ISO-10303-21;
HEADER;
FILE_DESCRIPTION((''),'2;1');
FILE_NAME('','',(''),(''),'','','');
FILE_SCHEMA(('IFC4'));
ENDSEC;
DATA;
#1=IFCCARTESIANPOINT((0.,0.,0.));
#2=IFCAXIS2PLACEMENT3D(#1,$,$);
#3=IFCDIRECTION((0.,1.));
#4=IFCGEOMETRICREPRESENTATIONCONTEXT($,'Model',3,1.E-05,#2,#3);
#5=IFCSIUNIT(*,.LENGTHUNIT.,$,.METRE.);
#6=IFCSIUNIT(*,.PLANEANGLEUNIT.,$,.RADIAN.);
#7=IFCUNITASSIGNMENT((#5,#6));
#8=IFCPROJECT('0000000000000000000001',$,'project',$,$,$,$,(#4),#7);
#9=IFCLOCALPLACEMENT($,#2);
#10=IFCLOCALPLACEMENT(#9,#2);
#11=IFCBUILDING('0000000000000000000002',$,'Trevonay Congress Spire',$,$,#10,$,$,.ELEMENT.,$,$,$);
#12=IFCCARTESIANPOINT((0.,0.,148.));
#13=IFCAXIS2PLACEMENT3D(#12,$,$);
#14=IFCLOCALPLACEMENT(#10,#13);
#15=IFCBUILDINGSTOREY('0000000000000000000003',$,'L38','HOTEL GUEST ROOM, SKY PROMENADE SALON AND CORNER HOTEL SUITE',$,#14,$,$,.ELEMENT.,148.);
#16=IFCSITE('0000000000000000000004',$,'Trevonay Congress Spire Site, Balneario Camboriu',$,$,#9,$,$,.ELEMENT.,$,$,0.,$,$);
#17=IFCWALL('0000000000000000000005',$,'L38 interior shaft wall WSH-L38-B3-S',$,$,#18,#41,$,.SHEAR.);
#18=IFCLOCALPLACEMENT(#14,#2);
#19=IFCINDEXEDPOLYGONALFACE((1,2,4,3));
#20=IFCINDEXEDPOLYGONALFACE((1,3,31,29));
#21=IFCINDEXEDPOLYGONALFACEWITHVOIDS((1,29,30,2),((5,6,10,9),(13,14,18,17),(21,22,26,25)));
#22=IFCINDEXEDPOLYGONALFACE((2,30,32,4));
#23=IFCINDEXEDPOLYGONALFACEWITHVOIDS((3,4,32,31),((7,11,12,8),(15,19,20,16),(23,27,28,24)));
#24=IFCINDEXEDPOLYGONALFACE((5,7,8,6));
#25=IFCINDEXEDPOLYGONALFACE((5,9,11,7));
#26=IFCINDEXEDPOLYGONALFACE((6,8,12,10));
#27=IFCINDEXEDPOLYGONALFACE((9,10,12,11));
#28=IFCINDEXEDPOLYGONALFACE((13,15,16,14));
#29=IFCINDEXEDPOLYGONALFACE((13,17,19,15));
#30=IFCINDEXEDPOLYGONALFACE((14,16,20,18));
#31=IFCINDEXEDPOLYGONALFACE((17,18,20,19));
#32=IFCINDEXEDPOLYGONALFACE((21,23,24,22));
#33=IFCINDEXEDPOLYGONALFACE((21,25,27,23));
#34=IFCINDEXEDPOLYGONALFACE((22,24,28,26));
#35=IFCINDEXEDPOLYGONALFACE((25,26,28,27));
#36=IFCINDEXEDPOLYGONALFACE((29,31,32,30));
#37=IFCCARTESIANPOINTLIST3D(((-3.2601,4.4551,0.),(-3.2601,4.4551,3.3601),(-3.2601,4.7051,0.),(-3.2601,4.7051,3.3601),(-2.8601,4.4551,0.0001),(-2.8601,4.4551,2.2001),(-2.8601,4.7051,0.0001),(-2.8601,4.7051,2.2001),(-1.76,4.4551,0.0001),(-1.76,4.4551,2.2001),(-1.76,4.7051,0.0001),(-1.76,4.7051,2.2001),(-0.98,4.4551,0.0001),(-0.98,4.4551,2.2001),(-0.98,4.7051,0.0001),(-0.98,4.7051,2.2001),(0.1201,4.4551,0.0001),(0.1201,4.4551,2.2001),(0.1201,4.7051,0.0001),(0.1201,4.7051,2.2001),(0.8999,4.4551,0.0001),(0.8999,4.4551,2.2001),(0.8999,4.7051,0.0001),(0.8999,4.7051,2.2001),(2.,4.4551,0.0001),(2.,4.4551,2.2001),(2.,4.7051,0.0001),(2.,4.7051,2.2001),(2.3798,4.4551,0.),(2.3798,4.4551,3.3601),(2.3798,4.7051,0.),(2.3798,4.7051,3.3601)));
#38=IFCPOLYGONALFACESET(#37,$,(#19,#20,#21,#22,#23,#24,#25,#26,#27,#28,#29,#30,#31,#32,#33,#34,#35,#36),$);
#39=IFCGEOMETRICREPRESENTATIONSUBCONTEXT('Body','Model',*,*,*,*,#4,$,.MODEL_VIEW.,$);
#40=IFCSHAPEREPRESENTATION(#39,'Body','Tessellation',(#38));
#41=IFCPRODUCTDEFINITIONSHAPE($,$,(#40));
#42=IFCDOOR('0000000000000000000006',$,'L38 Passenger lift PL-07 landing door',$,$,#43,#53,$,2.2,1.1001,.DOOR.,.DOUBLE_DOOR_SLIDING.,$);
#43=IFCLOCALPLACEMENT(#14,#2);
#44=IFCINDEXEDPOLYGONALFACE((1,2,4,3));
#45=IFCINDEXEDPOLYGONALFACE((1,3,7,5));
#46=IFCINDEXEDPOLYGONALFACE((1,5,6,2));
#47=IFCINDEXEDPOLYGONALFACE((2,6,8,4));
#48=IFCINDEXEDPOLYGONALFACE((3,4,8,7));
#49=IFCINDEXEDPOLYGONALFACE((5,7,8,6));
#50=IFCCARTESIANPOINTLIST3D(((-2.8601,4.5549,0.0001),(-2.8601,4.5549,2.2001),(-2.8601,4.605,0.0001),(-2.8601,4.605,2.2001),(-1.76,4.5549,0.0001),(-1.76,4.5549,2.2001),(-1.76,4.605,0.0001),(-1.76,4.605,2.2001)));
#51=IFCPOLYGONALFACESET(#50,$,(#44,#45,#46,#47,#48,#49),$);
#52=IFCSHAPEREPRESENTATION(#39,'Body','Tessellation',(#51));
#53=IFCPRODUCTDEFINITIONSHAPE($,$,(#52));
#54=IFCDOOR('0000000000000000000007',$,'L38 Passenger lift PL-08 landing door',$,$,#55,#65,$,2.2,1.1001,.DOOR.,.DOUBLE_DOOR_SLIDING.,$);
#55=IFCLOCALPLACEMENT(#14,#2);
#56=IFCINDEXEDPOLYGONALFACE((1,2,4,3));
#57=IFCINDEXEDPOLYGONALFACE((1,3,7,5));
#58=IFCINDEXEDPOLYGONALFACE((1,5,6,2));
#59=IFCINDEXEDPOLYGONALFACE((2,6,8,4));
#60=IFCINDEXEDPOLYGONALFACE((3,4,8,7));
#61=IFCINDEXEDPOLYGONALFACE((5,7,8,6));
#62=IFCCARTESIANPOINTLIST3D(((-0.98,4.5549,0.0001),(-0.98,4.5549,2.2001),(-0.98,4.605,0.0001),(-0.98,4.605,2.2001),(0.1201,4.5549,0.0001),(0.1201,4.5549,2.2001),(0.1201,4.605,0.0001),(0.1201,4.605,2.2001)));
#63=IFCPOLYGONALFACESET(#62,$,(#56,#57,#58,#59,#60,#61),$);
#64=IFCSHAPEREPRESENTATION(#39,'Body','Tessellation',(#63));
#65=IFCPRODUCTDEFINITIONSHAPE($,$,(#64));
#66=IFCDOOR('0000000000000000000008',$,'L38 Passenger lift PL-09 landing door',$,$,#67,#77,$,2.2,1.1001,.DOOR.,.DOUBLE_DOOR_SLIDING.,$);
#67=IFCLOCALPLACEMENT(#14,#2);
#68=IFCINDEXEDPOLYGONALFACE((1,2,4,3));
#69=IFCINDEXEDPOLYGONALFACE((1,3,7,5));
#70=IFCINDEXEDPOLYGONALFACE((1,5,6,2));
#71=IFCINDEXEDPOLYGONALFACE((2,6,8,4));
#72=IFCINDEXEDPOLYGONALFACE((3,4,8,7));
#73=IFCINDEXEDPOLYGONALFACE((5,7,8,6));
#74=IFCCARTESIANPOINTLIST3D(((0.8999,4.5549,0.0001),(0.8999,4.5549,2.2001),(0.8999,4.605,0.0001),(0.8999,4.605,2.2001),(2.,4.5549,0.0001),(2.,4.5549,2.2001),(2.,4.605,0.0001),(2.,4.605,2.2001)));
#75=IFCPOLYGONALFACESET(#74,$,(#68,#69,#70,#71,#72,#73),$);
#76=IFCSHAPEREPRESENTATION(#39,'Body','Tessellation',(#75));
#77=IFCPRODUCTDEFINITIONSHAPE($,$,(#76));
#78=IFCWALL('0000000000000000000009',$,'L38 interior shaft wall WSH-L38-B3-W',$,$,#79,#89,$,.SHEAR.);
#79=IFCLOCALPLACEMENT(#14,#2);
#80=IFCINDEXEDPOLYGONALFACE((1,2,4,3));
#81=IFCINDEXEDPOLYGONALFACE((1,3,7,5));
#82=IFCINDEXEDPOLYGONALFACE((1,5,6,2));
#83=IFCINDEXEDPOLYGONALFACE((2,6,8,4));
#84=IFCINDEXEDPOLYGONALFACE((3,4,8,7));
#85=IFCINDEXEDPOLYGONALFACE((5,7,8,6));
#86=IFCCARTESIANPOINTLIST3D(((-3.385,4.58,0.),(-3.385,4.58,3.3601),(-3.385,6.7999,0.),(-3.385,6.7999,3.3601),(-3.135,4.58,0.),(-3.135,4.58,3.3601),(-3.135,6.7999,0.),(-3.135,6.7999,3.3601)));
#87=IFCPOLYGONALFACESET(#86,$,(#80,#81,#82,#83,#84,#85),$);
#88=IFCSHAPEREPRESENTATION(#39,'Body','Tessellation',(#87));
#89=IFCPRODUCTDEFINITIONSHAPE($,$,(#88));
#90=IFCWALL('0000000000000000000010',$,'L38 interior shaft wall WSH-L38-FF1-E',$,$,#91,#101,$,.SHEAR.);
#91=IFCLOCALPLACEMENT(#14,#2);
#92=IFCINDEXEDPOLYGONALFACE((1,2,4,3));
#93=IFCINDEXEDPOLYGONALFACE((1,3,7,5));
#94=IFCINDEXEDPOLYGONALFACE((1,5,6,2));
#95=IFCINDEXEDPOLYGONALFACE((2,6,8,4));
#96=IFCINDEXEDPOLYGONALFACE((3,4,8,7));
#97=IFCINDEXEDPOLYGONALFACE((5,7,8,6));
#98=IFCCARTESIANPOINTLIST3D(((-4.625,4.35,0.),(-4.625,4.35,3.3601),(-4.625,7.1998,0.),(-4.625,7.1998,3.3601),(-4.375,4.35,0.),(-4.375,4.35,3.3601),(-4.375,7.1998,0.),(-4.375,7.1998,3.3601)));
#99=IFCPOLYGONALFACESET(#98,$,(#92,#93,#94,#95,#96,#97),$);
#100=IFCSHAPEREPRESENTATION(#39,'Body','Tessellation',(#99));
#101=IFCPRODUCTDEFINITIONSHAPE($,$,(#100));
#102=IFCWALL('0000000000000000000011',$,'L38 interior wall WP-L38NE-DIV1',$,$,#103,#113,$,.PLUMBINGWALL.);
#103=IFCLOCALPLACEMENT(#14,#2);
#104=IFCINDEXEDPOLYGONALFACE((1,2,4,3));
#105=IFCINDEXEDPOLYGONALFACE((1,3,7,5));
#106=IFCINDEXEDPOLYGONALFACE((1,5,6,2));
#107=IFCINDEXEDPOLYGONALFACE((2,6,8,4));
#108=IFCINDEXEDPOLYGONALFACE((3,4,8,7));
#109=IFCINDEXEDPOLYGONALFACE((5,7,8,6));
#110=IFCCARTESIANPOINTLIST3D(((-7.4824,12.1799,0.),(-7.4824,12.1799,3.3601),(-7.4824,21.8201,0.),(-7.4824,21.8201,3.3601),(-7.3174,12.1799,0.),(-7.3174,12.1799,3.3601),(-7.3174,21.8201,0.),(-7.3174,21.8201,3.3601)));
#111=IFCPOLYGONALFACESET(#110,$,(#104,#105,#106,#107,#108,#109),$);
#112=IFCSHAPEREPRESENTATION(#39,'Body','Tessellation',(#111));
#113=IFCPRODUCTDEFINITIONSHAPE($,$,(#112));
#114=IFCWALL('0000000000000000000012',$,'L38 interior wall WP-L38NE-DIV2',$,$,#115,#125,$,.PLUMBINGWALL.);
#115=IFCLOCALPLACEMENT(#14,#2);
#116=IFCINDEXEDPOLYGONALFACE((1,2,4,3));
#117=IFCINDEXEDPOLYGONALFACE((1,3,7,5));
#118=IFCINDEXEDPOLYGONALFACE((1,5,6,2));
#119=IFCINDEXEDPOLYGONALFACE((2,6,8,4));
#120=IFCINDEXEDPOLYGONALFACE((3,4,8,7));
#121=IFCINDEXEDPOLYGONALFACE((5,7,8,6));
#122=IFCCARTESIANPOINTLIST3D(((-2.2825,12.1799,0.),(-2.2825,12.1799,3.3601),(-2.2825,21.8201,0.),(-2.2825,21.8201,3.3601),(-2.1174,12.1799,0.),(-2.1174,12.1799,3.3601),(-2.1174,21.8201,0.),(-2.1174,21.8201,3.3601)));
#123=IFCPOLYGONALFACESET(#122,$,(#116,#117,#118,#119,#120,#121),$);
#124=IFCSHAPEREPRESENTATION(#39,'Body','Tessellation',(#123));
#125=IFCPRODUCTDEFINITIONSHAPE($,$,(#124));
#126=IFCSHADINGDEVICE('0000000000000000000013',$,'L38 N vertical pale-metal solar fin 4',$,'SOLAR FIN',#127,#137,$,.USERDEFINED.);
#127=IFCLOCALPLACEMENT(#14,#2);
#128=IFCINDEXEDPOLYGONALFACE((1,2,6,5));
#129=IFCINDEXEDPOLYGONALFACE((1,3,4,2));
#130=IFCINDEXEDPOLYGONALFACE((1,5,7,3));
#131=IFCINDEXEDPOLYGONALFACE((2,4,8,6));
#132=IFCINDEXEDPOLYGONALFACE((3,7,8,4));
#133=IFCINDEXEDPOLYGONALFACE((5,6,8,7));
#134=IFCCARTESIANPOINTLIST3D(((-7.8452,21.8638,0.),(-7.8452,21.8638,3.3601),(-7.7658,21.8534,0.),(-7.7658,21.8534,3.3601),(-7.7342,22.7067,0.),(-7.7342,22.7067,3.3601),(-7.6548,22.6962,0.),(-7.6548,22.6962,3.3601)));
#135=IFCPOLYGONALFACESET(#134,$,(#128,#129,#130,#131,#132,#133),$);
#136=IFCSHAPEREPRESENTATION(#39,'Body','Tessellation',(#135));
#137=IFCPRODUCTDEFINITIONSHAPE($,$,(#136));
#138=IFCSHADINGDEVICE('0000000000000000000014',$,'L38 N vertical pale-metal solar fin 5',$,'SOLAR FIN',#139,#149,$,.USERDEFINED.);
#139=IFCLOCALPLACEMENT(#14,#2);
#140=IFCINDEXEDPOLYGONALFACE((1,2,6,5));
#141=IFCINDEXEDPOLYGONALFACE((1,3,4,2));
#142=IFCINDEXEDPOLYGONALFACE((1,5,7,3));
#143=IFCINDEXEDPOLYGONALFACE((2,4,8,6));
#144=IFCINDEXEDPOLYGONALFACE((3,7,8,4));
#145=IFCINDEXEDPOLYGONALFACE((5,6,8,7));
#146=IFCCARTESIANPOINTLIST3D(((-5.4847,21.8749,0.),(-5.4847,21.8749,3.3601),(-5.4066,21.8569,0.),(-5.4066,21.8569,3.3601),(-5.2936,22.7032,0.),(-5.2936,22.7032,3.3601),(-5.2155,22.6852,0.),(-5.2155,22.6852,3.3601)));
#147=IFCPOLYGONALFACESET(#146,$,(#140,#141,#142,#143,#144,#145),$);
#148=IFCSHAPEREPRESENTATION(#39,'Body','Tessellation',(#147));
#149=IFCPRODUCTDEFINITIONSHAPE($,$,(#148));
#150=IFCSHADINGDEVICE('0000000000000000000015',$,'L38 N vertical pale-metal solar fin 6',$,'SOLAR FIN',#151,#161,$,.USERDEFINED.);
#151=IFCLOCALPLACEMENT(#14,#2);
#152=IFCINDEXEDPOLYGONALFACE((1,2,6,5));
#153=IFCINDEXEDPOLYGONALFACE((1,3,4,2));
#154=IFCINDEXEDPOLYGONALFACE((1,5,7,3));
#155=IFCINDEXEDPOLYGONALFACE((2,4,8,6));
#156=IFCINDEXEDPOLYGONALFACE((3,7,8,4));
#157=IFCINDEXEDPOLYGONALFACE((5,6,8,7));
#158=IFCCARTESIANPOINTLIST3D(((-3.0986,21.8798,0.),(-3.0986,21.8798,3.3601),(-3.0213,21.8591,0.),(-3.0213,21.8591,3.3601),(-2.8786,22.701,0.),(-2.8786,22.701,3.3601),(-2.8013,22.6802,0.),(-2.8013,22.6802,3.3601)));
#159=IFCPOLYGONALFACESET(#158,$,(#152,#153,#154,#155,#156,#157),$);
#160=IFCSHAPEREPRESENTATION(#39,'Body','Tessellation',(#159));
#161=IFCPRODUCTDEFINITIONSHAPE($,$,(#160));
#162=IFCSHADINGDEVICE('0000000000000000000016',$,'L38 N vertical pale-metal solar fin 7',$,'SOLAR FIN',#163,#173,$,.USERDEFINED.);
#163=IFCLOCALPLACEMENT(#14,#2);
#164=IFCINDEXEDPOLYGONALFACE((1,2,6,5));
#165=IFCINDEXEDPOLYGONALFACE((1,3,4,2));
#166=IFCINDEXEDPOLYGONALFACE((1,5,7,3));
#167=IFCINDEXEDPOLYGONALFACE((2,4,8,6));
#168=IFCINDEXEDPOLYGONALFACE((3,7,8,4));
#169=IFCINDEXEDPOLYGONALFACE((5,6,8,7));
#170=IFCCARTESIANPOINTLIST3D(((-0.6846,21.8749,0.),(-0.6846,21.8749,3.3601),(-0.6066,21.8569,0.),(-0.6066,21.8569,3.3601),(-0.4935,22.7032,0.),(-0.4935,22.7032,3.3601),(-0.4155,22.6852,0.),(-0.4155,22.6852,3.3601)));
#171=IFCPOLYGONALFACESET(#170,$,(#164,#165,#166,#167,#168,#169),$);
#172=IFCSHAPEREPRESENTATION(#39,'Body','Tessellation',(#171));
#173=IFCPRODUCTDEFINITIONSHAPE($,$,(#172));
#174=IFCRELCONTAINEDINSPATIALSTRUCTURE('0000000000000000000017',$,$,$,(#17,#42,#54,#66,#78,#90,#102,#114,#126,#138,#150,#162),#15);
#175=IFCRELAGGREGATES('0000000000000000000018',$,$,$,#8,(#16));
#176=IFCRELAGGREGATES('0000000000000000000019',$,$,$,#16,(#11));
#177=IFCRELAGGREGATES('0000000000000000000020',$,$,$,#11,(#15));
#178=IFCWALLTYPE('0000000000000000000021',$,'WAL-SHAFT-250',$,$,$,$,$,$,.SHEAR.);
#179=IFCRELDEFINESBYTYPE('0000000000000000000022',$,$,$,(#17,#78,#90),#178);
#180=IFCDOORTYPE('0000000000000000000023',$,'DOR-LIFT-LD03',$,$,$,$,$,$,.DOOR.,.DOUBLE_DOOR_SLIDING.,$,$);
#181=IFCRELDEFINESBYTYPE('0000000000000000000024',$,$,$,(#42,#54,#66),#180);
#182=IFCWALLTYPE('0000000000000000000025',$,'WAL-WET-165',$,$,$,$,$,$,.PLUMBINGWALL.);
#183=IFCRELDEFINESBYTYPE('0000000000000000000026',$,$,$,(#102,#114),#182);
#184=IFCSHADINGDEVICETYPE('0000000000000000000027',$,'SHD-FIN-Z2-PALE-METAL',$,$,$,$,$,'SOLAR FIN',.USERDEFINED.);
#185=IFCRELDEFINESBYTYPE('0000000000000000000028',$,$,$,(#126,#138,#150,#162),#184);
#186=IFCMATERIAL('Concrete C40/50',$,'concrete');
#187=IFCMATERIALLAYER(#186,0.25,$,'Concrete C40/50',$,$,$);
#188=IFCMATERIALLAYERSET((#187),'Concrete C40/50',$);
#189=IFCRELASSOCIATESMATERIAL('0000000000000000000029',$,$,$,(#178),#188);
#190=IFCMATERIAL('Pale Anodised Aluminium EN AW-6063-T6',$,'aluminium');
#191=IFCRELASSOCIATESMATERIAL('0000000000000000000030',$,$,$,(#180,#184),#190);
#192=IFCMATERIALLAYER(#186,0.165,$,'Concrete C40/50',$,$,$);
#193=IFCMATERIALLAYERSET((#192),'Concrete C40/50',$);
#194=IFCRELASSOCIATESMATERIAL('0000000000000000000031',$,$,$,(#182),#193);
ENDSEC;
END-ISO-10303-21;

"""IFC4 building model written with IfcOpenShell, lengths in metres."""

from ifc_helpers import new_model, si_unit, direction, frame, frame_2d, origin, origin_2d, place, context, subcontext, project, spatial, rectangle, extrude, material, layer, layer_set, type_object, element, fill, save


model = new_model("IFC4")

# Units and contexts
model_context = context("Model", 3, precision=1e-05, world=origin(), true_north=direction((0.0, 1.0)))
body_context = subcontext(model_context, "Body", "Model", "MODEL_VIEW")
ifc_project = project(units=[si_unit("LENGTHUNIT", "METRE"), si_unit("PLANEANGLEUNIT", "RADIAN")], contexts=[model_context])

# Site, building, storey
site_placement = place(None, origin())
site = spatial("IfcSite", under=ifc_project, at=site_placement, Name="Trevonay Congress Spire Site, Balneario Camboriu", CompositionType="ELEMENT", RefElevation=0.0)
building_placement = place(site_placement, origin())
building = spatial("IfcBuilding", under=site, at=building_placement, Name="Trevonay Congress Spire", CompositionType="ELEMENT")
storey_placement = place(building_placement, frame((0.0, 0.0, 148.0)))
storey = spatial("IfcBuildingStorey", under=building, at=storey_placement, Name="L38", Description="HOTEL GUEST ROOM, SKY PROMENADE SALON AND CORNER HOTEL SUITE", CompositionType="ELEMENT", Elevation=148.0)

# Shared definitions
ifc_material_1 = material(Name="Pale Anodised Aluminium EN AW-6063-T6", Category="aluminium")

# Shared definitions
ifc_material_2 = material(Name="Concrete C40/50", Category="concrete")

# Wall, openings, doors
ifc_layer_1 = layer(ifc_material_2, 0.25, Name="Concrete C40/50")
ifc_layer_set_1 = layer_set([ifc_layer_1], Name="Concrete C40/50")
wall_type_1 = type_object("IfcWallType", Name="WAL-SHAFT-250", PredefinedType="SHEAR", material=ifc_layer_set_1)
wall_1_placement = place(storey_placement, frame((-3.26, 4.5801, 0.0), z_axis=(0.0, 0.0, 1.0), x_axis=(1.0, 0.0, 0.0)))
wall_1 = element("IfcWall", 1, at=wall_1_placement, inside=storey, type_object=wall_type_1, Name="L38 interior shaft wall WSH-L38-B3-S", PredefinedType="SHEAR", context=body_context, shape_type="SweptSolid", body=[
    extrude(rectangle(XDim=5.6399, YDim=0.25, at=frame_2d((2.8198, 0.0))), origin(), (0.0, 0.0, 1.0), 3.3601),
])
opening_1_placement = place(wall_1_placement, frame((0.3999, 0.0, 0.0)))
opening_1 = element("IfcOpeningElement", 2, at=opening_1_placement, cuts=wall_1, PredefinedType="OPENING", context=body_context, shape_type="SweptSolid", body=[
    extrude(rectangle(XDim=1.1001, YDim=2.2, at=frame_2d((0.55, 1.1001))), frame((0.0, 0.135, 0.0), z_axis=(0.0, -1.0, 0.0), x_axis=(1.0, 0.0, 0.0)), (0.0, 0.0, 1.0), 0.27),
])
opening_2_placement = place(wall_1_placement, frame((2.28, 0.0, 0.0)))
opening_2 = element("IfcOpeningElement", 3, at=opening_2_placement, cuts=wall_1, PredefinedType="OPENING", context=body_context, shape_type="SweptSolid", body=[
    extrude(rectangle(XDim=1.1001, YDim=2.2, at=frame_2d((0.55, 1.1001))), frame((0.0, 0.135, 0.0), z_axis=(0.0, -1.0, 0.0), x_axis=(1.0, 0.0, 0.0)), (0.0, 0.0, 1.0), 0.27),
])
opening_3_placement = place(wall_1_placement, frame((4.1599, 0.0, 0.0)))
opening_3 = element("IfcOpeningElement", 4, at=opening_3_placement, cuts=wall_1, PredefinedType="OPENING", context=body_context, shape_type="SweptSolid", body=[
    extrude(rectangle(XDim=1.1001, YDim=2.2, at=frame_2d((0.55, 1.1001))), frame((0.0, 0.135, 0.0), z_axis=(0.0, -1.0, 0.0), x_axis=(1.0, 0.0, 0.0)), (0.0, 0.0, 1.0), 0.27),
])
door_type_1 = type_object("IfcDoorType", Name="DOR-LIFT-LD03", OperationType="DOUBLE_DOOR_SLIDING", PredefinedType="DOOR", material=ifc_material_1)
door_1_placement = place(opening_1_placement, origin())
door_1 = element("IfcDoor", 5, at=door_1_placement, inside=storey, type_object=door_type_1, Name="L38 Passenger lift PL-07 landing door", OperationType="DOUBLE_DOOR_SLIDING", OverallHeight=2.2, OverallWidth=1.1001, PredefinedType="DOOR", context=body_context, shape_type="SweptSolid", body=[
    extrude(rectangle(XDim=1.1001, YDim=2.2, at=frame_2d((0.55, 1.1001))), frame((0.0, 0.0249, 0.0), z_axis=(0.0, -1.0, 0.0), x_axis=(1.0, 0.0, 0.0)), (0.0, 0.0, 1.0), 0.05),
])
fill(opening_1, door_1)
door_2_placement = place(opening_2_placement, origin())
door_2 = element("IfcDoor", 6, at=door_2_placement, inside=storey, type_object=door_type_1, Name="L38 Passenger lift PL-08 landing door", OperationType="DOUBLE_DOOR_SLIDING", OverallHeight=2.2, OverallWidth=1.1001, PredefinedType="DOOR", context=body_context, shape_type="SweptSolid", body=[
    extrude(rectangle(XDim=1.1001, YDim=2.2, at=frame_2d((0.55, 1.1001))), frame((0.0, 0.0249, 0.0), z_axis=(0.0, -1.0, 0.0), x_axis=(1.0, 0.0, 0.0)), (0.0, 0.0, 1.0), 0.05),
])
fill(opening_2, door_2)
door_3_placement = place(opening_3_placement, origin())
door_3 = element("IfcDoor", 7, at=door_3_placement, inside=storey, type_object=door_type_1, Name="L38 Passenger lift PL-09 landing door", OperationType="DOUBLE_DOOR_SLIDING", OverallHeight=2.2, OverallWidth=1.1001, PredefinedType="DOOR", context=body_context, shape_type="SweptSolid", body=[
    extrude(rectangle(XDim=1.1001, YDim=2.2, at=frame_2d((0.55, 1.1001))), frame((0.0, 0.0249, 0.0), z_axis=(0.0, -1.0, 0.0), x_axis=(1.0, 0.0, 0.0)), (0.0, 0.0, 1.0), 0.05),
])
fill(opening_3, door_3)

# Walls
wall_2_placement = place(storey_placement, frame((-3.26, 4.5801, 0.0), z_axis=(0.0, 0.0, 1.0), x_axis=(0.0, 1.0, 0.0)))
element("IfcWall", 8, at=wall_2_placement, inside=storey, type_object=wall_type_1, Name="L38 interior shaft wall WSH-L38-B3-W", PredefinedType="SHEAR", context=body_context, shape_type="SweptSolid", body=[
    extrude(rectangle(XDim=2.22, YDim=0.25, at=frame_2d((1.1099, 0.0))), origin(), (0.0, 0.0, 1.0), 3.3601),
])
wall_3_placement = place(storey_placement, frame((-4.5, 4.3501, 0.0), z_axis=(0.0, 0.0, 1.0), x_axis=(0.0, 1.0, 0.0)))
element("IfcWall", 9, at=wall_3_placement, inside=storey, type_object=wall_type_1, Name="L38 interior shaft wall WSH-L38-FF1-E", PredefinedType="SHEAR", context=body_context, shape_type="SweptSolid", body=[
    extrude(rectangle(XDim=2.8499, YDim=0.25, at=frame_2d((1.4248, 0.0))), origin(), (0.0, 0.0, 1.0), 3.3601),
])
ifc_layer_2 = layer(ifc_material_2, 0.165, Name="Concrete C40/50")
ifc_layer_set_2 = layer_set([ifc_layer_2], Name="Concrete C40/50")
wall_type_2 = type_object("IfcWallType", Name="WAL-WET-165", PredefinedType="PLUMBINGWALL", material=ifc_layer_set_2)
for number, where, z_axis, x_axis, name in (
    (10, (-7.3999, 12.1799, 0.0), (0.0, 0.0, 1.0), (0.0, 1.0, 0.0), "L38 interior wall WP-L38NE-DIV1"),
    (11, (-2.2, 12.1799, 0.0), (0.0, 0.0, 1.0), (0.0, 1.0, 0.0), "L38 interior wall WP-L38NE-DIV2"),
):
    element("IfcWall", number, at=place(storey_placement, frame(where, z_axis=z_axis, x_axis=x_axis)), inside=storey, type_object=wall_type_2, Name=name, PredefinedType="PLUMBINGWALL", context=body_context, shape_type="SweptSolid", body=[
        extrude(rectangle(XDim=9.6401, YDim=0.165, at=frame_2d((4.8201, 0.0))), origin(), (0.0, 0.0, 1.0), 3.3601),
    ])

# Shading devices
shading_device_type = type_object("IfcShadingDeviceType", Name="SHD-FIN-Z2-PALE-METAL", ElementType="SOLAR FIN", PredefinedType="USERDEFINED", material=ifc_material_1)
for number, where, z_axis, x_axis, name in (
    (12, (-7.75, 22.28, 0.0), (0.0, 0.0, 1.0), (0.991445, -0.130526, 0.0), "L38 N vertical pale-metal solar fin 4"),
    (13, (-5.3501, 22.28, 0.0), (0.0, 0.0, 1.0), (0.974409, -0.224781, 0.0), "L38 N vertical pale-metal solar fin 5"),
    (14, (-2.95, 22.28, 0.0), (0.0, 0.0, 1.0), (0.965926, -0.258819, 0.0), "L38 N vertical pale-metal solar fin 6"),
    (15, (-0.55, 22.28, 0.0), (0.0, 0.0, 1.0), (0.974409, -0.224781, 0.0), "L38 N vertical pale-metal solar fin 7"),
):
    element("IfcShadingDevice", number, at=place(storey_placement, frame(where, z_axis=z_axis, x_axis=x_axis)), inside=storey, type_object=shading_device_type, Name=name, ObjectType="SOLAR FIN", PredefinedType="USERDEFINED", context=body_context, shape_type="SweptSolid", body=[
        extrude(rectangle(XDim=0.0801, YDim=0.8501, at=origin_2d()), origin(), (0.0, 0.0, 1.0), 3.3601),
    ])

save(model, "model.ifc")
